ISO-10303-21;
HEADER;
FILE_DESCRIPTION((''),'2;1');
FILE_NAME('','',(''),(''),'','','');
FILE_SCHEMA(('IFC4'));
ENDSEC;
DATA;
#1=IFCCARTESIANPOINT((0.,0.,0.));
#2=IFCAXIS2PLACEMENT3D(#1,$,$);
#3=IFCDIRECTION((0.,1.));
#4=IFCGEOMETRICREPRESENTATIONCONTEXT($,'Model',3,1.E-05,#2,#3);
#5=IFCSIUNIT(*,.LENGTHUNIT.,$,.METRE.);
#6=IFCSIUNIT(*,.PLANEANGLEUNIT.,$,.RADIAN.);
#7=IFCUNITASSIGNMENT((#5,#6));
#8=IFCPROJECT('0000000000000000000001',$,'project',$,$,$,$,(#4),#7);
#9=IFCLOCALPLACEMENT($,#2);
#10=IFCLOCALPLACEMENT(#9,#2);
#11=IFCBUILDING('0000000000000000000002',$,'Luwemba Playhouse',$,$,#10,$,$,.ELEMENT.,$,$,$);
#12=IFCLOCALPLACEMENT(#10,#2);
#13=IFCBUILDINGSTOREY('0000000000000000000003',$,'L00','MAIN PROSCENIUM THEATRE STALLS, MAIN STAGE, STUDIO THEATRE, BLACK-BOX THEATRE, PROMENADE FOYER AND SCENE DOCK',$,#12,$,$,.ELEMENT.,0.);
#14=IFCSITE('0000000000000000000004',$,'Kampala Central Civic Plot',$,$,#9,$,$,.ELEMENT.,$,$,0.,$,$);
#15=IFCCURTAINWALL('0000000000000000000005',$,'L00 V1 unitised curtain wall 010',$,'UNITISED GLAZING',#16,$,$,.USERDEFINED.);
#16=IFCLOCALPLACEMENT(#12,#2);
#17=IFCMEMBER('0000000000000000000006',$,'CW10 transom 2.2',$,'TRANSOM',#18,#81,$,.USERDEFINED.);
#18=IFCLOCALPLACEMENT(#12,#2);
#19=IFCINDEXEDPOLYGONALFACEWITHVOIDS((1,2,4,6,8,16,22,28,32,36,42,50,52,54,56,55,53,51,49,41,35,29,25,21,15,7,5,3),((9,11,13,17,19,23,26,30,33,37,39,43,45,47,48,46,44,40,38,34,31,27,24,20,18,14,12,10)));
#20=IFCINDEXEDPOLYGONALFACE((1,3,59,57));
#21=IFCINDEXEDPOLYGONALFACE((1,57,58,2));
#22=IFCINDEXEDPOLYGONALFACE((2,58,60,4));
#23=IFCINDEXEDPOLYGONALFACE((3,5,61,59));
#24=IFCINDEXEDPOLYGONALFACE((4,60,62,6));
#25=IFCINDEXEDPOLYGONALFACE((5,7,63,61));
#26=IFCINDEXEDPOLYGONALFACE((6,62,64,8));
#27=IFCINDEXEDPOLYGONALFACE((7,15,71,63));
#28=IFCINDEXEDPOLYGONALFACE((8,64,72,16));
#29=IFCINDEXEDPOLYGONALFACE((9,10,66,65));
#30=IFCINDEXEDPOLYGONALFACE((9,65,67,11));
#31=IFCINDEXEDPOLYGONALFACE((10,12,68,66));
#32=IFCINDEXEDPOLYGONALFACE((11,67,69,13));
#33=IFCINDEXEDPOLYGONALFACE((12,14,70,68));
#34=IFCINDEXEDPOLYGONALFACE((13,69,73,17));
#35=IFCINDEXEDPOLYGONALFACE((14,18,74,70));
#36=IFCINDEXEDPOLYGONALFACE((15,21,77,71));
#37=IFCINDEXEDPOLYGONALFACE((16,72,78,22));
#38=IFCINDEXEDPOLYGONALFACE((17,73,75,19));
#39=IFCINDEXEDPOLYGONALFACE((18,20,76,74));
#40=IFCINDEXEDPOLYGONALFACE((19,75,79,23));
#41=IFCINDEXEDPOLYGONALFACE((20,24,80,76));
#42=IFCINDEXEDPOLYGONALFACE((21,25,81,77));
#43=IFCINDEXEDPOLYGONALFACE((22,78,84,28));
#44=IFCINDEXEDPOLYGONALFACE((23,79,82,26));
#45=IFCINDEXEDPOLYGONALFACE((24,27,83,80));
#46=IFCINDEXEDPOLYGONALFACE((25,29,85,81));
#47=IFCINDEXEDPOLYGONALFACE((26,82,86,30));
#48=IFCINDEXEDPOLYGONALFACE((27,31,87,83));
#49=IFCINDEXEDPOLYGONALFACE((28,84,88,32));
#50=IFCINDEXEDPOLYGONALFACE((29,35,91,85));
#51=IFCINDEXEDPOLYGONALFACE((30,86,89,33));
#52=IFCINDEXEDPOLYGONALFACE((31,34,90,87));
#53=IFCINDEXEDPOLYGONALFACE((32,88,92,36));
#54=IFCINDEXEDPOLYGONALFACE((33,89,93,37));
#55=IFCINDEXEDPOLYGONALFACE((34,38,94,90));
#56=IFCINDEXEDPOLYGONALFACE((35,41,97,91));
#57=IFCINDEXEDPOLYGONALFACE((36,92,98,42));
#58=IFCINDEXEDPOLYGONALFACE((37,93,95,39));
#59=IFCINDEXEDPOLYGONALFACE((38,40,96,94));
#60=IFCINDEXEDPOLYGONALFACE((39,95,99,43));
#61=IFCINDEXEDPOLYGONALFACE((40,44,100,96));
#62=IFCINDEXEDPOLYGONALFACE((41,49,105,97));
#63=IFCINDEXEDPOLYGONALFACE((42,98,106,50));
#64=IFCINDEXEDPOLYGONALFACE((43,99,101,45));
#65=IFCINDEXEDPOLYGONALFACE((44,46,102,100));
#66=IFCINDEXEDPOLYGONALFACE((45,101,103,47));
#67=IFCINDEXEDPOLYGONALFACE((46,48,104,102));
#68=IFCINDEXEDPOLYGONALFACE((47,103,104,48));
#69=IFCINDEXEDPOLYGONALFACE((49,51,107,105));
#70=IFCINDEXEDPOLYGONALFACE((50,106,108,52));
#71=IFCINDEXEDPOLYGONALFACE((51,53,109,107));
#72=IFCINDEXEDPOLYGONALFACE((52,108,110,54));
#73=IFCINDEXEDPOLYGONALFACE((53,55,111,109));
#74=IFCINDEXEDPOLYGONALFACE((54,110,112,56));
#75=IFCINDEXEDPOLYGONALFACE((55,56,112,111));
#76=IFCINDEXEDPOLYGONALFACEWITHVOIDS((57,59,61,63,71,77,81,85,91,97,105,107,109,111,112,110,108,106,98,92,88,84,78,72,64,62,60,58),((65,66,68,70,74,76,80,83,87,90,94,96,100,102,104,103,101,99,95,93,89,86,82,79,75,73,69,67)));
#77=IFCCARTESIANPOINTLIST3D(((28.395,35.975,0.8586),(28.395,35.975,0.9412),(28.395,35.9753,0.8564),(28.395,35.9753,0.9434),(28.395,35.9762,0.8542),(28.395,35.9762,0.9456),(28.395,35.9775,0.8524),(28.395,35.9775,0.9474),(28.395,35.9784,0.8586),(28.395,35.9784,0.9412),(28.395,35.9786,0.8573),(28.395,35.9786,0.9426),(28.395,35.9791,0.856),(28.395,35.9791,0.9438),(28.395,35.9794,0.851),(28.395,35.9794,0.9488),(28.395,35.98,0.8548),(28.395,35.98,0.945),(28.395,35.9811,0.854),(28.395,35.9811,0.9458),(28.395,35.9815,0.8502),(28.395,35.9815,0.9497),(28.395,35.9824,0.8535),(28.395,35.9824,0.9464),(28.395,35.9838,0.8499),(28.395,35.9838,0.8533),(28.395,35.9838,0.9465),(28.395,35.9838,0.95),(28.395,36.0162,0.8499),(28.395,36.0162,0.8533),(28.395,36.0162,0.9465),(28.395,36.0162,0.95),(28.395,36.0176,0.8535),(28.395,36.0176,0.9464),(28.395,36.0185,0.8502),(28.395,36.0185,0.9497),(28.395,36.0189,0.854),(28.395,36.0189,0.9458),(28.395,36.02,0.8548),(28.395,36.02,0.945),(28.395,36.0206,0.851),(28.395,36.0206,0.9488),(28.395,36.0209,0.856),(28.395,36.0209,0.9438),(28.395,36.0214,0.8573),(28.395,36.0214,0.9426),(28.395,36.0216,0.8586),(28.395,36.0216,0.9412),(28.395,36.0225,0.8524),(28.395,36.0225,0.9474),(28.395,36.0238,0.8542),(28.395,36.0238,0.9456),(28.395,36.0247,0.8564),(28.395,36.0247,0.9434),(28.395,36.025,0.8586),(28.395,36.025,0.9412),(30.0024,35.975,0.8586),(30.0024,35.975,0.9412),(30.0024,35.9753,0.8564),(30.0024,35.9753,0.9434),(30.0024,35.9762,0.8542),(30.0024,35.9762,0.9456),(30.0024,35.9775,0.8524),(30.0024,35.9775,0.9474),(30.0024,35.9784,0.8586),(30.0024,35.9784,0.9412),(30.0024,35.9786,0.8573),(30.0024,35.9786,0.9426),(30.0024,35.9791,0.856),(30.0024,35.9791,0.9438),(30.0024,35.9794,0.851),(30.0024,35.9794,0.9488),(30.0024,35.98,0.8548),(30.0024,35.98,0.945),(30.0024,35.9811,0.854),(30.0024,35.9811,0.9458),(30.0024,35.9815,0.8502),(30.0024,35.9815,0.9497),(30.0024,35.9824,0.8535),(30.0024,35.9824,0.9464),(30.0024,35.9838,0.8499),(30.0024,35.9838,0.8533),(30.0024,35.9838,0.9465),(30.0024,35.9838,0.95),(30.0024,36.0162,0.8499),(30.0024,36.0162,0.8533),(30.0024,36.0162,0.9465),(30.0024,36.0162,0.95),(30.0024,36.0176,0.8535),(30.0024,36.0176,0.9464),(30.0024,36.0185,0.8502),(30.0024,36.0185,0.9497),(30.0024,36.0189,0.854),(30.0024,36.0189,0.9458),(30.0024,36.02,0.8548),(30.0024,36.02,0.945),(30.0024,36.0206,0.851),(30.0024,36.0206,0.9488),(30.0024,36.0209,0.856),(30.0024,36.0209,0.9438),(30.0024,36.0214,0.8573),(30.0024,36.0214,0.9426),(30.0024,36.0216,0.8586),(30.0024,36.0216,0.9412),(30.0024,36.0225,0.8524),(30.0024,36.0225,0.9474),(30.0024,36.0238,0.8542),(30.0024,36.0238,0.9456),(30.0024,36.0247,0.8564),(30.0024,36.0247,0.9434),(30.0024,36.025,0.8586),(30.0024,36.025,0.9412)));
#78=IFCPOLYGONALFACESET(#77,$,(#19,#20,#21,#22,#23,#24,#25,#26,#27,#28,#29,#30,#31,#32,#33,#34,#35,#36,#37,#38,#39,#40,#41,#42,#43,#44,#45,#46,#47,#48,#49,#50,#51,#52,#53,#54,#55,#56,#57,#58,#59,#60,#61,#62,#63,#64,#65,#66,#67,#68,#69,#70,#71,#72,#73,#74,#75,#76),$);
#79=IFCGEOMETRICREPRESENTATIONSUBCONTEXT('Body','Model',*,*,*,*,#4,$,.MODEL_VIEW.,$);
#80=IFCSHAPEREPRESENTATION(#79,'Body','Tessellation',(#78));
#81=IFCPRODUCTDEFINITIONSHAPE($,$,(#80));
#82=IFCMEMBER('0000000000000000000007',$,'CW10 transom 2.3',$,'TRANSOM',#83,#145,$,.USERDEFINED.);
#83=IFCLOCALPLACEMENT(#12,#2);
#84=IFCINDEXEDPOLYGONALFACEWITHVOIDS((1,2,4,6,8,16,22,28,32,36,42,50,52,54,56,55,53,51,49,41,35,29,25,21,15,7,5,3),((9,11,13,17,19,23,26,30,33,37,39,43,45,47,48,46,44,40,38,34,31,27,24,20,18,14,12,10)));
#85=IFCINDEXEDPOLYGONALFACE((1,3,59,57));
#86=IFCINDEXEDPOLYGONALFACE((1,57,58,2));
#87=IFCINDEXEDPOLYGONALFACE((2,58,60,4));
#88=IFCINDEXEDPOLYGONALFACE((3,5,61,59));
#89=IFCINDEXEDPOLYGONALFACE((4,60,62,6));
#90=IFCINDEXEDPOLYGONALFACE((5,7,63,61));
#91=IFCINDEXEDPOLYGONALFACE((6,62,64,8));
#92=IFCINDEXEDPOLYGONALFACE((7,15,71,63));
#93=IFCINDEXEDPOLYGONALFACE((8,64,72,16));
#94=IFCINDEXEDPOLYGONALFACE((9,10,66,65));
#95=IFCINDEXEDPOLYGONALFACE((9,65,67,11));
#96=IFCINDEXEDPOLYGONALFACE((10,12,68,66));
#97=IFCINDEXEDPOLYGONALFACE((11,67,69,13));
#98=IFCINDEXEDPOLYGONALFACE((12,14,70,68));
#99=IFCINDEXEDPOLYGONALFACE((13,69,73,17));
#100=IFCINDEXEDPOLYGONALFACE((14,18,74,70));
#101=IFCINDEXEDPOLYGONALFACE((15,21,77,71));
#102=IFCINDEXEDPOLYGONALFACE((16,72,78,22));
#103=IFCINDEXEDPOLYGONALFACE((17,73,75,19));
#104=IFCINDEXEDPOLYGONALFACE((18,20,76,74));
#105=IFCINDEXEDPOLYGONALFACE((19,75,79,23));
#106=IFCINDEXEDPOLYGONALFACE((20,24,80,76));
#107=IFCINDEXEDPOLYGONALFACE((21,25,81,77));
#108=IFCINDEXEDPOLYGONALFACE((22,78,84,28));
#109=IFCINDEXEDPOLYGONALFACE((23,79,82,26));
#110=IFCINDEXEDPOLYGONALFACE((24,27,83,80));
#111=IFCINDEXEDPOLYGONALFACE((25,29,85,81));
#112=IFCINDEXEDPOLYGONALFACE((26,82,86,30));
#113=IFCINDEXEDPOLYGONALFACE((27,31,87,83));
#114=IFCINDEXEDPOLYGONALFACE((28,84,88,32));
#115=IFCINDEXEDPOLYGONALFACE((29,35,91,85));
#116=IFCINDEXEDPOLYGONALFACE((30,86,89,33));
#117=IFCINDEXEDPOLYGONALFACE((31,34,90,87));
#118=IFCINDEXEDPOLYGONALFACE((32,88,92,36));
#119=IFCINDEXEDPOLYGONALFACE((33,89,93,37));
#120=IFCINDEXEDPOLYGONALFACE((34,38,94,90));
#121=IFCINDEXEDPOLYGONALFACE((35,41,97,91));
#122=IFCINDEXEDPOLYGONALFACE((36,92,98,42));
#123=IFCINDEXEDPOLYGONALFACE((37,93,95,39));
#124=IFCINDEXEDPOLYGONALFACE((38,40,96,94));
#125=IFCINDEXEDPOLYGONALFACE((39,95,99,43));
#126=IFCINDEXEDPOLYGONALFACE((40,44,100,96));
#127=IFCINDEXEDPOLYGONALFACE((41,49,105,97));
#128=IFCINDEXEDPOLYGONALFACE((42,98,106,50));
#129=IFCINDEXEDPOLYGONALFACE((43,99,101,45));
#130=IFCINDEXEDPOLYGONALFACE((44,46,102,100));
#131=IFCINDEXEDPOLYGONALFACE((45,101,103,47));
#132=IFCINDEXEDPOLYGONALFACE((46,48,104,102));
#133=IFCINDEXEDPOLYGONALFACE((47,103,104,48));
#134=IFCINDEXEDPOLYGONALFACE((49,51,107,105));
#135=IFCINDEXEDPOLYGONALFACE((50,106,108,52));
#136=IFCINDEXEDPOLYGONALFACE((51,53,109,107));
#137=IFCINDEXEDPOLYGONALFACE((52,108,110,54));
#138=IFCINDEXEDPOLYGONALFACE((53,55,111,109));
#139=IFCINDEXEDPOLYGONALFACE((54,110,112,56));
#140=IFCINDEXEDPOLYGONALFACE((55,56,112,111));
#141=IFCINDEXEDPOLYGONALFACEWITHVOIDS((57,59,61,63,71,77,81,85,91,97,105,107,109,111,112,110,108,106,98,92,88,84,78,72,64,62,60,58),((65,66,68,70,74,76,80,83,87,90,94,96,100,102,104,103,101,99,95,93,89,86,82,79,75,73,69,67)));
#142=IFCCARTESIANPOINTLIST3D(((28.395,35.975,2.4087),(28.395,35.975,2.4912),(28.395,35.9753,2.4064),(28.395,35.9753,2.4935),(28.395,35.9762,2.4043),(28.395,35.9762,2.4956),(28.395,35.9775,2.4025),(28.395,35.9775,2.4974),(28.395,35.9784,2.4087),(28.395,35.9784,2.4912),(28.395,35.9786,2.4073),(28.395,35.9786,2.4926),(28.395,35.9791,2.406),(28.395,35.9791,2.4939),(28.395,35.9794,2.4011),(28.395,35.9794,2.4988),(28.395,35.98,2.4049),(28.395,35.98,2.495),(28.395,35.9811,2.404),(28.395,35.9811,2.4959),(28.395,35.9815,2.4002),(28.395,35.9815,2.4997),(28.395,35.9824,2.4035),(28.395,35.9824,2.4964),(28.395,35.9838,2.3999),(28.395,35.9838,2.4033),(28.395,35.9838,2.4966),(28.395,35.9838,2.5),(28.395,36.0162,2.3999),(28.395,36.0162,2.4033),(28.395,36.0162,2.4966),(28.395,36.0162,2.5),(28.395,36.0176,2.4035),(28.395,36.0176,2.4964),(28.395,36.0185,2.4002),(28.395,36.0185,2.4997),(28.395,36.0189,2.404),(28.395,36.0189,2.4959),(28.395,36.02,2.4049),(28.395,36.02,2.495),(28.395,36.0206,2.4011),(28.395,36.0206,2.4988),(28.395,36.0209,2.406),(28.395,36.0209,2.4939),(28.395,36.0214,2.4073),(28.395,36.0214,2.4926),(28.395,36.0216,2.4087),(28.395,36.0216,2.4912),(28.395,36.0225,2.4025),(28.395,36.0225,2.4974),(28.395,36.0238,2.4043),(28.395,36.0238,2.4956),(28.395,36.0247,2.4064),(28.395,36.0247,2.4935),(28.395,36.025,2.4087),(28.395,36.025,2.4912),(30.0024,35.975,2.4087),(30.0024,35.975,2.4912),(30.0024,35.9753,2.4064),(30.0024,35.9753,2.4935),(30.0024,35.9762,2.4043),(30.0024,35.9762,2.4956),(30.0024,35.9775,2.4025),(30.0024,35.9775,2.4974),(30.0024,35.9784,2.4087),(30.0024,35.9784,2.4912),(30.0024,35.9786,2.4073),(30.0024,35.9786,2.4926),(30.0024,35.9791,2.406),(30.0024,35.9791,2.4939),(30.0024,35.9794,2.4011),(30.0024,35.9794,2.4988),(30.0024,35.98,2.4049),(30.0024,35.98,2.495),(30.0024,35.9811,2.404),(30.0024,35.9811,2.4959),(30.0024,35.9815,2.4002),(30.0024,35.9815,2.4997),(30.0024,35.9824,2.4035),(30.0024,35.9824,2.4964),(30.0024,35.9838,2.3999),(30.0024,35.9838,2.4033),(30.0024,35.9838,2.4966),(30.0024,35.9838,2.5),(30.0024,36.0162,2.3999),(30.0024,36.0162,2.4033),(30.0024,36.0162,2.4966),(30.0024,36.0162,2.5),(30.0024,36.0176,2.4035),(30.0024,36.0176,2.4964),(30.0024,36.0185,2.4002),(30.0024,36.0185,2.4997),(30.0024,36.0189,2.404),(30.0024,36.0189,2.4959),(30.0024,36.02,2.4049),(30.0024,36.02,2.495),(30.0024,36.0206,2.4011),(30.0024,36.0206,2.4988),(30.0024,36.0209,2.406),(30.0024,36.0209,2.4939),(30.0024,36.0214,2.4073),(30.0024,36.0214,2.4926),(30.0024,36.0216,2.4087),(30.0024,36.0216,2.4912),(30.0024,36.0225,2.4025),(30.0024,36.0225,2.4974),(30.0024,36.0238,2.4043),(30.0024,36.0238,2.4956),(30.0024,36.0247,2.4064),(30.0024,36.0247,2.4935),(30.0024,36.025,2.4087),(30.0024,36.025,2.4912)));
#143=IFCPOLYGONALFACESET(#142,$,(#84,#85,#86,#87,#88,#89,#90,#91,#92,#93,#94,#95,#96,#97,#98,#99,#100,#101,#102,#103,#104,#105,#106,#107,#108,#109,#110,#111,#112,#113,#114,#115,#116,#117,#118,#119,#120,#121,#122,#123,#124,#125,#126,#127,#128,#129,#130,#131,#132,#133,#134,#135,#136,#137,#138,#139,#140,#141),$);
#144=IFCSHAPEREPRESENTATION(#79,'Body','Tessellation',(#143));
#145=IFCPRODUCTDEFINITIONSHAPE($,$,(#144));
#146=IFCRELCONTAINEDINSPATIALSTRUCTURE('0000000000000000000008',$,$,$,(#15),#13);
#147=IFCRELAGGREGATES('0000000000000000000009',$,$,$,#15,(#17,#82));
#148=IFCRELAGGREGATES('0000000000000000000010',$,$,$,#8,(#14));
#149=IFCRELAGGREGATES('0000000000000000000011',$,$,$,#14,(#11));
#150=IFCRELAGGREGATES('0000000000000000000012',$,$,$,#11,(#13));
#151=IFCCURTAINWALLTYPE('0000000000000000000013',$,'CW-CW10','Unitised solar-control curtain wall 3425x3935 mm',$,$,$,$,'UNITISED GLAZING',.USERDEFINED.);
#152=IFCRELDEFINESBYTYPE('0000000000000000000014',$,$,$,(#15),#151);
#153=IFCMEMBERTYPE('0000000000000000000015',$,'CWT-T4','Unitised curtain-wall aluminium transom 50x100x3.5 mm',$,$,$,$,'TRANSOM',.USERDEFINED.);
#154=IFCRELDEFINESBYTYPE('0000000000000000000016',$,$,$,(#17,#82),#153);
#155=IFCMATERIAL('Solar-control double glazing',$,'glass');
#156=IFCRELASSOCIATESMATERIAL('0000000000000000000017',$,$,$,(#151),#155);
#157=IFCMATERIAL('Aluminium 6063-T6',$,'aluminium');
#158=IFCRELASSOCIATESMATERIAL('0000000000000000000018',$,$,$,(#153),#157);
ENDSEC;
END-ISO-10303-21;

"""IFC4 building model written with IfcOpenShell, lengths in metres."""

from ifc_helpers import new_model, si_unit, direction, frame, origin, origin_2d, place, context, subcontext, project, spatial, hollow_rectangle, extrude, material, material_profile, profile_set, type_object, element, aggregate, save


model = new_model("IFC4")

# Units and contexts
model_context = context("Model", 3, precision=1e-05, world=origin(), true_north=direction((0.0, 1.0)))
body_context = subcontext(model_context, "Body", "Model", "MODEL_VIEW")
ifc_project = project(units=[si_unit("LENGTHUNIT", "METRE"), si_unit("PLANEANGLEUNIT", "RADIAN")], contexts=[model_context])

# Site, building, storey
site_placement = place(None, origin())
site = spatial("IfcSite", under=ifc_project, at=site_placement, Name="Kampala Central Civic Plot", CompositionType="ELEMENT", RefElevation=0.0)
building_placement = place(site_placement, origin())
building = spatial("IfcBuilding", under=site, at=building_placement, Name="Luwemba Playhouse", CompositionType="ELEMENT")
storey_placement = place(building_placement, origin())
storey = spatial("IfcBuildingStorey", under=building, at=storey_placement, Name="L00", Description="MAIN PROSCENIUM THEATRE STALLS, MAIN STAGE, STUDIO THEATRE, BLACK-BOX THEATRE, PROMENADE FOYER AND SCENE DOCK", CompositionType="ELEMENT", Elevation=0.0)

# Curtain wall, members
ifc_material_1 = material(Name="Solar-control double glazing", Category="glass")
curtain_wall_type = type_object("IfcCurtainWallType", Name="CW-CW10", Description="Unitised solar-control curtain wall 3425x3935 mm", ElementType="UNITISED GLAZING", PredefinedType="USERDEFINED", material=ifc_material_1)
curtain_wall_placement = place(storey_placement, origin())
curtain_wall = element("IfcCurtainWall", 1, at=curtain_wall_placement, inside=storey, type_object=curtain_wall_type, Name="L00 V1 unitised curtain wall 010", ObjectType="UNITISED GLAZING", PredefinedType="USERDEFINED")
ifc_material_2 = material(Name="Aluminium 6063-T6", Category="aluminium")
ifc_material_profile_1 = material_profile(ifc_material_2, hollow_rectangle(XDim=0.05, YDim=0.1001, WallThickness=0.0034, InnerFilletRadius=0.0054, OuterFilletRadius=0.0088, at=origin_2d()))
ifc_profile_set_1 = profile_set([ifc_material_profile_1], Name="Aluminium 6063-T6")
member_type_1 = type_object("IfcMemberType", Name="CWT-T4", Description="Unitised curtain-wall aluminium transom 50x100x3.5 mm", ElementType="TRANSOM", PredefinedType="USERDEFINED", material=ifc_profile_set_1)
member_1_placement = place(storey_placement, frame((30.0024, 36.0, 0.8999), z_axis=(-1.0, 0.0, 0.0), x_axis=(0.0, -1.0, 0.0)))
member_1 = element("IfcMember", 2, at=member_1_placement, type_object=member_type_1, Name="CW10 transom 2.2", ObjectType="TRANSOM", PredefinedType="USERDEFINED", context=body_context, shape_type="SweptSolid", body=[
    extrude(hollow_rectangle(XDim=0.05, YDim=0.1001, WallThickness=0.0034, InnerFilletRadius=0.0054, OuterFilletRadius=0.0088, at=origin_2d()), origin(), (0.0, 0.0, 1.0), 1.6074),
])
member_2_placement = place(storey_placement, frame((30.0024, 36.0, 2.45), z_axis=(-1.0, 0.0, 0.0), x_axis=(0.0, -1.0, 0.0)))
member_2 = element("IfcMember", 3, at=member_2_placement, type_object=member_type_1, Name="CW10 transom 2.3", ObjectType="TRANSOM", PredefinedType="USERDEFINED", context=body_context, shape_type="SweptSolid", body=[
    extrude(hollow_rectangle(XDim=0.05, YDim=0.1001, WallThickness=0.0034, InnerFilletRadius=0.0054, OuterFilletRadius=0.0088, at=origin_2d()), origin(), (0.0, 0.0, 1.0), 1.6074),
])
aggregate(curtain_wall, [member_1, member_2])

save(model, "model.ifc")
